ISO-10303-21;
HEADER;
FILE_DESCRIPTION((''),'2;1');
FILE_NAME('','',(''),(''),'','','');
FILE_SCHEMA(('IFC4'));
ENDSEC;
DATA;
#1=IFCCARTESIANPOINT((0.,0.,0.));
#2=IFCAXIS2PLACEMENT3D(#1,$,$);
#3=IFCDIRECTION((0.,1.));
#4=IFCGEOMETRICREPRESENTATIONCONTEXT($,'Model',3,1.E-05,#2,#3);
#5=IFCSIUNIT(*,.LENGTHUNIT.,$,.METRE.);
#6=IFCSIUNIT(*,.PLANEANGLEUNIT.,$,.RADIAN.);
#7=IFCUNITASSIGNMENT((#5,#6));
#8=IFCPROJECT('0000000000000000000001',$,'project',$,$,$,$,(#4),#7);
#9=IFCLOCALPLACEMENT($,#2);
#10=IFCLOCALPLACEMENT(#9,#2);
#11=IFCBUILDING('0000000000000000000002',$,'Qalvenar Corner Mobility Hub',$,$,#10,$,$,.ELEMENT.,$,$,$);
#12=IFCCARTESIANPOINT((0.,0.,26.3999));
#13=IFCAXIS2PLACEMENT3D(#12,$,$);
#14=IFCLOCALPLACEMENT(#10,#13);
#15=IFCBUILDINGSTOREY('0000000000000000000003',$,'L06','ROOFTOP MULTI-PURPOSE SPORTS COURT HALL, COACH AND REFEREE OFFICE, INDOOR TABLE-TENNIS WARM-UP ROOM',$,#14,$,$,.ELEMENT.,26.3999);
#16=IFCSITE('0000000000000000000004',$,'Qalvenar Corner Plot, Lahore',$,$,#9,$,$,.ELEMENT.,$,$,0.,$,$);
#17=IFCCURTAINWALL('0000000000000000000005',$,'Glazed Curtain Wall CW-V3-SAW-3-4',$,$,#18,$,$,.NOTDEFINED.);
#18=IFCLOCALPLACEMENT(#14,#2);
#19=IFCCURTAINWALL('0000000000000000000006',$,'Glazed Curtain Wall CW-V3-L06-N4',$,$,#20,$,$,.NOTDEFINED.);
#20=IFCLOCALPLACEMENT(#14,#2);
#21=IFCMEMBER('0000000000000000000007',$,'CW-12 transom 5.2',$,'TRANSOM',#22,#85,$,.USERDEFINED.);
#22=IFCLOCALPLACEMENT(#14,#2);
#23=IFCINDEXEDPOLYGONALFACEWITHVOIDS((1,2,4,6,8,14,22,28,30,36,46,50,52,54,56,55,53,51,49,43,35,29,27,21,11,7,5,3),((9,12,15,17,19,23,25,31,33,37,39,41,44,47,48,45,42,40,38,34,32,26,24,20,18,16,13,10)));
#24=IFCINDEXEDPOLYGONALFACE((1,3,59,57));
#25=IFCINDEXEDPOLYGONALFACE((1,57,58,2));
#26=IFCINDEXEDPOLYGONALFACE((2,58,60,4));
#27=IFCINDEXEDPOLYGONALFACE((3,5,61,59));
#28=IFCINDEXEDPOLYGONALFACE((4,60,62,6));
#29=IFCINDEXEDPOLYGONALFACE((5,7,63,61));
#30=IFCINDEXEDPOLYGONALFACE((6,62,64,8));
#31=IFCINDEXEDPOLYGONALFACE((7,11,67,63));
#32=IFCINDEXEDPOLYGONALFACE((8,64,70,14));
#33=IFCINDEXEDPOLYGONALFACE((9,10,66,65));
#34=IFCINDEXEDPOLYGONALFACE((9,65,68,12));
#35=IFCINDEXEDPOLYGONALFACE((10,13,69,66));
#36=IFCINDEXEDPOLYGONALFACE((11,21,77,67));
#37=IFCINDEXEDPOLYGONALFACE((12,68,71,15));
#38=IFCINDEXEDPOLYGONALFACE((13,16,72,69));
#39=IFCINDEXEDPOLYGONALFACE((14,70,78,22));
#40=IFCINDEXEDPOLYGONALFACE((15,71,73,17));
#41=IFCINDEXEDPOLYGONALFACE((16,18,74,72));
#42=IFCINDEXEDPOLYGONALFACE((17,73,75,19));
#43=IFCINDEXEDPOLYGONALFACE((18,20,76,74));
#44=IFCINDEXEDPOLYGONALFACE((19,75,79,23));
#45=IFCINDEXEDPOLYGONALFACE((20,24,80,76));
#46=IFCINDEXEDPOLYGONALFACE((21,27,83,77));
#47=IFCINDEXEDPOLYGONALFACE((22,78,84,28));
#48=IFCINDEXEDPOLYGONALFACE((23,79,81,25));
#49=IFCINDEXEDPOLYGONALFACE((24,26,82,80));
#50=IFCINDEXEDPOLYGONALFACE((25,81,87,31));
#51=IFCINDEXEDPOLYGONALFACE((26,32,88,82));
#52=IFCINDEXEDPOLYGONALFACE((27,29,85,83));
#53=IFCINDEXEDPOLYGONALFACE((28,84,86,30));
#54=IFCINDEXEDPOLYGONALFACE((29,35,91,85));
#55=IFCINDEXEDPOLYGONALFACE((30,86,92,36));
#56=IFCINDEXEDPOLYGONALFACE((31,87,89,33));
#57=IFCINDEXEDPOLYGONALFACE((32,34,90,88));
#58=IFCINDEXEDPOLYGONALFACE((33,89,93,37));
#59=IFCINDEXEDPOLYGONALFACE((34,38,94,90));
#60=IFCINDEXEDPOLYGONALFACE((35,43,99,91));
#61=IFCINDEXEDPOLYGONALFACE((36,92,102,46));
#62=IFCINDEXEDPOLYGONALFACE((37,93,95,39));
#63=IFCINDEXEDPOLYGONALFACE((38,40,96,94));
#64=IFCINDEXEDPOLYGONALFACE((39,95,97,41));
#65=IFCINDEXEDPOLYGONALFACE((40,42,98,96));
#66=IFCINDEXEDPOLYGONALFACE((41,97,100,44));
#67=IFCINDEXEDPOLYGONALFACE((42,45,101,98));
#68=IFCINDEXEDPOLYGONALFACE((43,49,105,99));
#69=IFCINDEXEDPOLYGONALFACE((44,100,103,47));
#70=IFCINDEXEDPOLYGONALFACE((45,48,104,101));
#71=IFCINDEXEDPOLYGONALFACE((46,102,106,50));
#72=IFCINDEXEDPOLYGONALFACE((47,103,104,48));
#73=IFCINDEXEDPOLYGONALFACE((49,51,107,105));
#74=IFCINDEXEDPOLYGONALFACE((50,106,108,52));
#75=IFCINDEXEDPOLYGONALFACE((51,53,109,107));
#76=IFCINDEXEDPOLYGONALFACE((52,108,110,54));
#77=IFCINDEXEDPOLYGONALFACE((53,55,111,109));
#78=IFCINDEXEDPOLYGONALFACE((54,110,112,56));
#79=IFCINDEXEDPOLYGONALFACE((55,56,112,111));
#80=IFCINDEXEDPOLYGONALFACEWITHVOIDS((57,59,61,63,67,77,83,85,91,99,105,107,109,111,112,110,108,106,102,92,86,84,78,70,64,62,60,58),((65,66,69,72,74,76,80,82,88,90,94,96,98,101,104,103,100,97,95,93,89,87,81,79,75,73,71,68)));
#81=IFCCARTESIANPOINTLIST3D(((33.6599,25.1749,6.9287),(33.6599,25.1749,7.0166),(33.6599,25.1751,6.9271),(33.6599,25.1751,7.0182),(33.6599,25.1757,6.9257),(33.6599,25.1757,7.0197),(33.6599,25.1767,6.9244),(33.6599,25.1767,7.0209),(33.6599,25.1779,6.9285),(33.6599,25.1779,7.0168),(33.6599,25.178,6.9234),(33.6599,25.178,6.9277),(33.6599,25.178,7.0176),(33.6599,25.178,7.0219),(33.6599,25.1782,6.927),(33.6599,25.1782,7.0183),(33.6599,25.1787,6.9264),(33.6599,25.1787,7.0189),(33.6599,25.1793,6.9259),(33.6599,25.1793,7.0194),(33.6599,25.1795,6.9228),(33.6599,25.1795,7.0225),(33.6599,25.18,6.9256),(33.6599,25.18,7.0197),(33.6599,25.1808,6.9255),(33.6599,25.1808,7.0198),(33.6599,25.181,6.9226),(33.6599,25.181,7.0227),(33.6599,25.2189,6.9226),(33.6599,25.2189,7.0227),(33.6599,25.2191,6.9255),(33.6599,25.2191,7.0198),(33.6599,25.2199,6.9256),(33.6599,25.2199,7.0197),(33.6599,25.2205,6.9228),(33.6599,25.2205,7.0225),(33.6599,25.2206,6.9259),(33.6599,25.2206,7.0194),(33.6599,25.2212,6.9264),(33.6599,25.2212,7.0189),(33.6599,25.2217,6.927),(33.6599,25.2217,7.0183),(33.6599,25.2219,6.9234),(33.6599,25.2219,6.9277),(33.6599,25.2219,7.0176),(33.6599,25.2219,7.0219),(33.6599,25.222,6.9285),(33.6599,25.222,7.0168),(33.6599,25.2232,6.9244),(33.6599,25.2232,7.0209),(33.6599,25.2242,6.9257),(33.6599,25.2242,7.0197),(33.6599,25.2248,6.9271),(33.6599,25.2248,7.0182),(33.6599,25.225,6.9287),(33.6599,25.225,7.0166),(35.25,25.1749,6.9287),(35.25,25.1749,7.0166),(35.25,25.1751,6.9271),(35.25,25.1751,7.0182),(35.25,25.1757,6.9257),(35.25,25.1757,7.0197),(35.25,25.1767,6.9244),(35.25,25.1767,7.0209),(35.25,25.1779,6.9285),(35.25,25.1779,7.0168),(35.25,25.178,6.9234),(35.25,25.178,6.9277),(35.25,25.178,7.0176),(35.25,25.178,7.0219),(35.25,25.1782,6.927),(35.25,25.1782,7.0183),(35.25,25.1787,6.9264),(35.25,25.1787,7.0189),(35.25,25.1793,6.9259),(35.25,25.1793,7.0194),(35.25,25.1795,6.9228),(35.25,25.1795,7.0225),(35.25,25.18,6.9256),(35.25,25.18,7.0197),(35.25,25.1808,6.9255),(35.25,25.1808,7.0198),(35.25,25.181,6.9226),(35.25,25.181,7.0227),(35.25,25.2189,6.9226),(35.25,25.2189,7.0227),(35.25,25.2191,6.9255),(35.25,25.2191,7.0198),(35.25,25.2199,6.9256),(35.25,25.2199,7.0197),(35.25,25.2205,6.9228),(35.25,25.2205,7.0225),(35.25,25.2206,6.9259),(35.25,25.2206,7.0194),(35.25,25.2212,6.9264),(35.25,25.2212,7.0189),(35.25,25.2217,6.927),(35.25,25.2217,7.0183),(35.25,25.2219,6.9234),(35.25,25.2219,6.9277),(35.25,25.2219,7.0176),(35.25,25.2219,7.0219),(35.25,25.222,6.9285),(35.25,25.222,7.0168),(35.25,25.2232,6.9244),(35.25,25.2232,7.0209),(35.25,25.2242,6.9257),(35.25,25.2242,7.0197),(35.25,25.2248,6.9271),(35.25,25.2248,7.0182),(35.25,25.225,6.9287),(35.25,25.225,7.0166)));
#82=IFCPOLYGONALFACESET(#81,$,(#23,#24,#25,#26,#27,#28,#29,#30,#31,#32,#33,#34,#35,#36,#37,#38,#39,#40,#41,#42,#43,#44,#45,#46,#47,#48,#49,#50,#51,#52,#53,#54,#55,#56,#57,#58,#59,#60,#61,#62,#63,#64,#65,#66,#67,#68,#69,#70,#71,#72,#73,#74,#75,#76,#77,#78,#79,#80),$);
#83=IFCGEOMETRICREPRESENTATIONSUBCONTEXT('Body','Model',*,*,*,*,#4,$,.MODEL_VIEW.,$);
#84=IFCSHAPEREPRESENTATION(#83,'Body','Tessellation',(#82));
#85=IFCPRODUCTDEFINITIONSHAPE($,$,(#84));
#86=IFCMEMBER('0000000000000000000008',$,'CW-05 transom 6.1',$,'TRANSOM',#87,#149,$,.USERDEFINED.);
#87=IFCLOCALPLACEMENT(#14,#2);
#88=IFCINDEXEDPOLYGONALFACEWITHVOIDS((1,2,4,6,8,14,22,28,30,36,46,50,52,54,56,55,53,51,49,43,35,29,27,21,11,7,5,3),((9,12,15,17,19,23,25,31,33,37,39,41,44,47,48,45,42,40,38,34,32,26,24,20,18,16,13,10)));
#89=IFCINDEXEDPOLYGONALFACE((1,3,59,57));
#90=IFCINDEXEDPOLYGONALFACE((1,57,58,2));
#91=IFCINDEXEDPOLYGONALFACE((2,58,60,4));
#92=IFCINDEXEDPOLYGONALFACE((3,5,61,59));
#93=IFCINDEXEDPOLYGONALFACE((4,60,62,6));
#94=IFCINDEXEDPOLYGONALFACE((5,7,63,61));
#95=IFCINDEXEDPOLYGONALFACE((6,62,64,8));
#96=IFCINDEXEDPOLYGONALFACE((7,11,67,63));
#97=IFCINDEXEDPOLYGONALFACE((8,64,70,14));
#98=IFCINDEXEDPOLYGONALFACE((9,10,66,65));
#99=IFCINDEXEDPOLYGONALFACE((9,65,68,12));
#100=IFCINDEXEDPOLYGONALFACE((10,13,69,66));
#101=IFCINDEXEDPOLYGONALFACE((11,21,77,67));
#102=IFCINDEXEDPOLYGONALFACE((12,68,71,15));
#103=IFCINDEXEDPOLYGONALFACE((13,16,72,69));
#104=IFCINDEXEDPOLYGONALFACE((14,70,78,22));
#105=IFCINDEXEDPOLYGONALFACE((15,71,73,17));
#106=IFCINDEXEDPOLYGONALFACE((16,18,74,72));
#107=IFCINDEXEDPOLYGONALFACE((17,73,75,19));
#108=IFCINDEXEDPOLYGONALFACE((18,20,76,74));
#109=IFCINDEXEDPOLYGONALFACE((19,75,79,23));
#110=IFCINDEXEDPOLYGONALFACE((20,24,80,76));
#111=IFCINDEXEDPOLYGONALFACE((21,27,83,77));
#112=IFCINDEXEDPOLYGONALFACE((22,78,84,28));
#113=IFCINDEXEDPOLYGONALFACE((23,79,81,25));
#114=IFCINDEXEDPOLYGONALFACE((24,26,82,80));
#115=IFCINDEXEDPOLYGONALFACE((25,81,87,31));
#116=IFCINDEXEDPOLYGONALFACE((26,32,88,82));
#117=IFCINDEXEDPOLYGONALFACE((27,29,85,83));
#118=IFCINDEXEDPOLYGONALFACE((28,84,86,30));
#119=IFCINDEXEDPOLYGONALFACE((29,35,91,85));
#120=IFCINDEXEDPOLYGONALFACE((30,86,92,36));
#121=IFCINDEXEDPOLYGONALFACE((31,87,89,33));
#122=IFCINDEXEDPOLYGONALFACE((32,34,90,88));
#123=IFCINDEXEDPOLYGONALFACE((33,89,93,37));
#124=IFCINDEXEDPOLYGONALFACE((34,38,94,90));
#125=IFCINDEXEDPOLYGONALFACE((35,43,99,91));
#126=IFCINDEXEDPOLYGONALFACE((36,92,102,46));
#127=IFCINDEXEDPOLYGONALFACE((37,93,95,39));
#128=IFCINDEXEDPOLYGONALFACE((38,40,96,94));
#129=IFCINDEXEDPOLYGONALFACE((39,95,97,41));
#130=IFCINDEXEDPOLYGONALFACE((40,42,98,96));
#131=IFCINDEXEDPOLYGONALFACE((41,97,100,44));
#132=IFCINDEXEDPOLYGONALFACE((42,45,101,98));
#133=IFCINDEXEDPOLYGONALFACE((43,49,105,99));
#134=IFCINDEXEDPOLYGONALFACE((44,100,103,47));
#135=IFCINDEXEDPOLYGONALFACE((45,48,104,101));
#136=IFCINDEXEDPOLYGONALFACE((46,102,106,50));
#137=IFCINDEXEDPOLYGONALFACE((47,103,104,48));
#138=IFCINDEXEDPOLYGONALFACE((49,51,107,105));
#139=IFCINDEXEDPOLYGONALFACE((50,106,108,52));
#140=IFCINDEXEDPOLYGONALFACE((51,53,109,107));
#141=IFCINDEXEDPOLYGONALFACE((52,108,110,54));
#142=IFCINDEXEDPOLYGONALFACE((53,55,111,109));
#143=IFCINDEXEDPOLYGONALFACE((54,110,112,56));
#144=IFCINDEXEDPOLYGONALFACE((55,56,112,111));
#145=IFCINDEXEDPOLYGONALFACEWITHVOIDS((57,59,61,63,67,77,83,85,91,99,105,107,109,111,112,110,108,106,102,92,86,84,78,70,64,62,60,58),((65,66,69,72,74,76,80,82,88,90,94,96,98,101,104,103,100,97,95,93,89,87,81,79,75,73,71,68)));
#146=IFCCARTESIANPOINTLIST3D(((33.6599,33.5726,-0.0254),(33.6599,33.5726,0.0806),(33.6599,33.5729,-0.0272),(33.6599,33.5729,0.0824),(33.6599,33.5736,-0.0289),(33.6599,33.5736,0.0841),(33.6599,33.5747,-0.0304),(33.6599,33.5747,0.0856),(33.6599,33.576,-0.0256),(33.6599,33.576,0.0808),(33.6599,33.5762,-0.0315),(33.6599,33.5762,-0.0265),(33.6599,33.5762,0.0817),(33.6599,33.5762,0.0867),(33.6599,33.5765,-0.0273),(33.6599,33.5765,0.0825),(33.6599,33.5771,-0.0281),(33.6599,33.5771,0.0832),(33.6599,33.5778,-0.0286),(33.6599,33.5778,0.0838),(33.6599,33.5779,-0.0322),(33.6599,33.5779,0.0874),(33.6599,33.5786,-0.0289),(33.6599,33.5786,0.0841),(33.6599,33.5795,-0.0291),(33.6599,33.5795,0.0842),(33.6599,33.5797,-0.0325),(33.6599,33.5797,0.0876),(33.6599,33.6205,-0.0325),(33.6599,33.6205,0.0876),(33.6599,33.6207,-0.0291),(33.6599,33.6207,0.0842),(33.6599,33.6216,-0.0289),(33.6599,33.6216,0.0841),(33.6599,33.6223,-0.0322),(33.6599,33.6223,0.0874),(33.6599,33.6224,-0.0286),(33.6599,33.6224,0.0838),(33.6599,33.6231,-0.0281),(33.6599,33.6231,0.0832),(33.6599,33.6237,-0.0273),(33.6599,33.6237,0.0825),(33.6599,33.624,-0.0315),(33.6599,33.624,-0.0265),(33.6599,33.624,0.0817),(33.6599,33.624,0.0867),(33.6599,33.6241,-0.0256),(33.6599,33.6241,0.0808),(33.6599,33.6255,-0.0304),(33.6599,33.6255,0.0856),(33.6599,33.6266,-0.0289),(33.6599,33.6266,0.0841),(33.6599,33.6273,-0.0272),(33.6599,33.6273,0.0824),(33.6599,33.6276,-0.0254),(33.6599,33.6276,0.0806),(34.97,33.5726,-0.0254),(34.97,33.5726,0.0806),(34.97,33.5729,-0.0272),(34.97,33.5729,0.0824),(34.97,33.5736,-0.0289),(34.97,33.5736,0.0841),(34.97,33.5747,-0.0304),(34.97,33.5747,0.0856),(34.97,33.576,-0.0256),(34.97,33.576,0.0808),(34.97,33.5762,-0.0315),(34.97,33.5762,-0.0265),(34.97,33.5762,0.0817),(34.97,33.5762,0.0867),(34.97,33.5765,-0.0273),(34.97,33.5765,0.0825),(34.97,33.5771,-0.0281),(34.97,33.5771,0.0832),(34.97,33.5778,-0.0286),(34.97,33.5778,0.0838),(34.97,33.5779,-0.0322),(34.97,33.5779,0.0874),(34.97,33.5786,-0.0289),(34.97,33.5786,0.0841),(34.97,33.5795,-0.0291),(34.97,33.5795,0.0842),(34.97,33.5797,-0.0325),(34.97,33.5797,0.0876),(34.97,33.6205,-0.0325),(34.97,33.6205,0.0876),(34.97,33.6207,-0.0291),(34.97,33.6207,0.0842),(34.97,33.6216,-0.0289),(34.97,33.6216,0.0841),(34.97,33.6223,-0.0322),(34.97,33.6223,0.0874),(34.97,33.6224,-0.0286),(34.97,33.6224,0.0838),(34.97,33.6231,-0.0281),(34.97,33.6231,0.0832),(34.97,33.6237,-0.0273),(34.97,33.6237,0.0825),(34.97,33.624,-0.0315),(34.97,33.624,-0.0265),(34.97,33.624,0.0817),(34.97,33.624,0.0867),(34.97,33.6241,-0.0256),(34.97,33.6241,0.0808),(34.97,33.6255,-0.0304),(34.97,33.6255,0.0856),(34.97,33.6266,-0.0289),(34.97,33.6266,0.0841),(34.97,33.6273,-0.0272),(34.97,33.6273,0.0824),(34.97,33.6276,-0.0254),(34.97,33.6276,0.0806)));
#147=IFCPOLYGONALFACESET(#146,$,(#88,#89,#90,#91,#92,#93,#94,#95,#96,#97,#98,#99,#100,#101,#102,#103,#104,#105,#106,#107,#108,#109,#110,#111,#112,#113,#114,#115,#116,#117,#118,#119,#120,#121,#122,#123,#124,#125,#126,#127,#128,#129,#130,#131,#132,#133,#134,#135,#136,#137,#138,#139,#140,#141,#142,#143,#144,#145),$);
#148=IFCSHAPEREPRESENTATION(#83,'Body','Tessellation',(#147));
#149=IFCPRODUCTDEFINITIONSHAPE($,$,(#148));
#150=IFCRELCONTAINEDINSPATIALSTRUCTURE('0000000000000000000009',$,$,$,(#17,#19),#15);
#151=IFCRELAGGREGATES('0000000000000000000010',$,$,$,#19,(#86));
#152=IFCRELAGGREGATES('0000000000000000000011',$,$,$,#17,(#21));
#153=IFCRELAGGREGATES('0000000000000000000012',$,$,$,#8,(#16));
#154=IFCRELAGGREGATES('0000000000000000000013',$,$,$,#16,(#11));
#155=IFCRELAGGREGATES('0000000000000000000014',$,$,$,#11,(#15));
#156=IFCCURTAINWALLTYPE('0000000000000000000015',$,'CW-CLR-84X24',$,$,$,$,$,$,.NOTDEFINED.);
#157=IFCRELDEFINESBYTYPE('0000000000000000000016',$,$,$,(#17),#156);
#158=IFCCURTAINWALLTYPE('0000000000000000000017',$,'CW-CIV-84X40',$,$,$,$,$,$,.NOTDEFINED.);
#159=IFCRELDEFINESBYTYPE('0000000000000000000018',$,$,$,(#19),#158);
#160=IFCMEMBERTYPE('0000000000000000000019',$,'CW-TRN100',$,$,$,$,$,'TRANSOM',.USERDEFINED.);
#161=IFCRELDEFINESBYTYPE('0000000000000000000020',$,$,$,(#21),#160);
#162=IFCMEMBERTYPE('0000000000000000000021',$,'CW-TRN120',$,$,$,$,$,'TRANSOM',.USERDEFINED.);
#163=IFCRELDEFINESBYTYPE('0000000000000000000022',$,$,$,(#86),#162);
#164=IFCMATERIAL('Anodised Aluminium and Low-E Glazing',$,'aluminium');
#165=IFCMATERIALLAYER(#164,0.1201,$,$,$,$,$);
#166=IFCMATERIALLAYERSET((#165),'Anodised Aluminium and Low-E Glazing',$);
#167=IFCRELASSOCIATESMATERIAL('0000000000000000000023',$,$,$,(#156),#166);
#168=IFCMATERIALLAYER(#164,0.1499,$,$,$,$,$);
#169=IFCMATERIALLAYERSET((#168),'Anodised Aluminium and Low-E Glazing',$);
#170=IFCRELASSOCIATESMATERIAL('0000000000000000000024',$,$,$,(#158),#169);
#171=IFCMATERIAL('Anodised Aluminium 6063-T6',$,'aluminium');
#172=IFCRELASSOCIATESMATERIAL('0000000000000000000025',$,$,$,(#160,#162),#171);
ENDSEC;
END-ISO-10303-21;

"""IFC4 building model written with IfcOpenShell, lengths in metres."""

from ifc_helpers import new_model, si_unit, direction, frame, origin, origin_2d, place, context, subcontext, project, spatial, hollow_rectangle, extrude, material, layer, layer_set, material_profile, profile_set, type_object, element, aggregate, save


model = new_model("IFC4")

# Units and contexts
model_context = context("Model", 3, precision=1e-05, world=origin(), true_north=direction((0.0, 1.0)))
body_context = subcontext(model_context, "Body", "Model", "MODEL_VIEW")
ifc_project = project(units=[si_unit("LENGTHUNIT", "METRE"), si_unit("PLANEANGLEUNIT", "RADIAN")], contexts=[model_context])

# Site, building, storey
site_placement = place(None, origin())
site = spatial("IfcSite", under=ifc_project, at=site_placement, Name="Qalvenar Corner Plot, Lahore", CompositionType="ELEMENT", RefElevation=0.0)
building_placement = place(site_placement, origin())
building = spatial("IfcBuilding", under=site, at=building_placement, Name="Qalvenar Corner Mobility Hub", CompositionType="ELEMENT")
storey_placement = place(building_placement, frame((0.0, 0.0, 26.3999)))
storey = spatial("IfcBuildingStorey", under=building, at=storey_placement, Name="L06", Description="ROOFTOP MULTI-PURPOSE SPORTS COURT HALL, COACH AND REFEREE OFFICE, INDOOR TABLE-TENNIS WARM-UP ROOM", CompositionType="ELEMENT", Elevation=26.3999)

# Curtain walls
ifc_material_1 = material(Name="Anodised Aluminium and Low-E Glazing", Category="aluminium")
ifc_layer_1 = layer(ifc_material_1, 0.1201)
ifc_layer_set_1 = layer_set([ifc_layer_1], Name="Anodised Aluminium and Low-E Glazing")
curtain_wall_type_1 = type_object("IfcCurtainWallType", Name="CW-CLR-84X24", PredefinedType="NOTDEFINED", material=ifc_layer_set_1)
curtain_wall_1_placement = place(storey_placement, origin())
curtain_wall_1 = element("IfcCurtainWall", 1, at=curtain_wall_1_placement, inside=storey, type_object=curtain_wall_type_1, Name="Glazed Curtain Wall CW-V3-SAW-3-4", PredefinedType="NOTDEFINED")
ifc_material_2 = material(Name="Anodised Aluminium 6063-T6", Category="aluminium")
ifc_layer_2 = layer(ifc_material_1, 0.1499)
ifc_layer_set_2 = layer_set([ifc_layer_2], Name="Anodised Aluminium and Low-E Glazing")
curtain_wall_type_2 = type_object("IfcCurtainWallType", Name="CW-CIV-84X40", PredefinedType="NOTDEFINED", material=ifc_layer_set_2)
curtain_wall_2_placement = place(storey_placement, origin())
curtain_wall_2 = element("IfcCurtainWall", 2, at=curtain_wall_2_placement, inside=storey, type_object=curtain_wall_type_2, Name="Glazed Curtain Wall CW-V3-L06-N4", PredefinedType="NOTDEFINED")

# Members
ifc_material_profile_1 = material_profile(ifc_material_2, hollow_rectangle(XDim=0.05, YDim=0.1001, WallThickness=0.0029, InnerFilletRadius=0.0029, OuterFilletRadius=0.0061, at=origin_2d()), Name="RHS100x50x3")
ifc_profile_set_1 = profile_set([ifc_material_profile_1], Name="Anodised Aluminium 6063-T6")
member_type_1 = type_object("IfcMemberType", Name="CW-TRN100", ElementType="TRANSOM", PredefinedType="USERDEFINED", material=ifc_profile_set_1)
member_1_placement = place(storey_placement, frame((35.25, 25.2, 6.9727), z_axis=(-1.0, 0.0, 0.0), x_axis=(0.0, -1.0, 0.0)))
member_1 = element("IfcMember", 3, at=member_1_placement, type_object=member_type_1, Name="CW-12 transom 5.2", ObjectType="TRANSOM", PredefinedType="USERDEFINED", context=body_context, shape_type="SweptSolid", body=[
    extrude(hollow_rectangle(XDim=0.05, YDim=0.1001, WallThickness=0.0029, InnerFilletRadius=0.0029, OuterFilletRadius=0.0061, at=origin_2d()), origin(), (0.0, 0.0, 1.0), 1.5901),
])
ifc_material_profile_2 = material_profile(ifc_material_2, hollow_rectangle(XDim=0.0549, YDim=0.1201, WallThickness=0.0034, InnerFilletRadius=0.0034, OuterFilletRadius=0.0071, at=origin_2d()), Name="RHS120x55x3.5")
ifc_profile_set_2 = profile_set([ifc_material_profile_2], Name="Anodised Aluminium 6063-T6")
member_type_2 = type_object("IfcMemberType", Name="CW-TRN120", ElementType="TRANSOM", PredefinedType="USERDEFINED", material=ifc_profile_set_2)
member_2_placement = place(storey_placement, frame((34.97, 33.6001, 0.0276), z_axis=(-1.0, 0.0, 0.0), x_axis=(0.0, -1.0, 0.0)))
member_2 = element("IfcMember", 4, at=member_2_placement, type_object=member_type_2, Name="CW-05 transom 6.1", ObjectType="TRANSOM", PredefinedType="USERDEFINED", context=body_context, shape_type="SweptSolid", body=[
    extrude(hollow_rectangle(XDim=0.0549, YDim=0.1201, WallThickness=0.0034, InnerFilletRadius=0.0034, OuterFilletRadius=0.0071, at=origin_2d()), origin(), (0.0, 0.0, 1.0), 1.3101),
])

aggregate(curtain_wall_2, [member_2])
aggregate(curtain_wall_1, [member_1])

save(model, "model.ifc")
